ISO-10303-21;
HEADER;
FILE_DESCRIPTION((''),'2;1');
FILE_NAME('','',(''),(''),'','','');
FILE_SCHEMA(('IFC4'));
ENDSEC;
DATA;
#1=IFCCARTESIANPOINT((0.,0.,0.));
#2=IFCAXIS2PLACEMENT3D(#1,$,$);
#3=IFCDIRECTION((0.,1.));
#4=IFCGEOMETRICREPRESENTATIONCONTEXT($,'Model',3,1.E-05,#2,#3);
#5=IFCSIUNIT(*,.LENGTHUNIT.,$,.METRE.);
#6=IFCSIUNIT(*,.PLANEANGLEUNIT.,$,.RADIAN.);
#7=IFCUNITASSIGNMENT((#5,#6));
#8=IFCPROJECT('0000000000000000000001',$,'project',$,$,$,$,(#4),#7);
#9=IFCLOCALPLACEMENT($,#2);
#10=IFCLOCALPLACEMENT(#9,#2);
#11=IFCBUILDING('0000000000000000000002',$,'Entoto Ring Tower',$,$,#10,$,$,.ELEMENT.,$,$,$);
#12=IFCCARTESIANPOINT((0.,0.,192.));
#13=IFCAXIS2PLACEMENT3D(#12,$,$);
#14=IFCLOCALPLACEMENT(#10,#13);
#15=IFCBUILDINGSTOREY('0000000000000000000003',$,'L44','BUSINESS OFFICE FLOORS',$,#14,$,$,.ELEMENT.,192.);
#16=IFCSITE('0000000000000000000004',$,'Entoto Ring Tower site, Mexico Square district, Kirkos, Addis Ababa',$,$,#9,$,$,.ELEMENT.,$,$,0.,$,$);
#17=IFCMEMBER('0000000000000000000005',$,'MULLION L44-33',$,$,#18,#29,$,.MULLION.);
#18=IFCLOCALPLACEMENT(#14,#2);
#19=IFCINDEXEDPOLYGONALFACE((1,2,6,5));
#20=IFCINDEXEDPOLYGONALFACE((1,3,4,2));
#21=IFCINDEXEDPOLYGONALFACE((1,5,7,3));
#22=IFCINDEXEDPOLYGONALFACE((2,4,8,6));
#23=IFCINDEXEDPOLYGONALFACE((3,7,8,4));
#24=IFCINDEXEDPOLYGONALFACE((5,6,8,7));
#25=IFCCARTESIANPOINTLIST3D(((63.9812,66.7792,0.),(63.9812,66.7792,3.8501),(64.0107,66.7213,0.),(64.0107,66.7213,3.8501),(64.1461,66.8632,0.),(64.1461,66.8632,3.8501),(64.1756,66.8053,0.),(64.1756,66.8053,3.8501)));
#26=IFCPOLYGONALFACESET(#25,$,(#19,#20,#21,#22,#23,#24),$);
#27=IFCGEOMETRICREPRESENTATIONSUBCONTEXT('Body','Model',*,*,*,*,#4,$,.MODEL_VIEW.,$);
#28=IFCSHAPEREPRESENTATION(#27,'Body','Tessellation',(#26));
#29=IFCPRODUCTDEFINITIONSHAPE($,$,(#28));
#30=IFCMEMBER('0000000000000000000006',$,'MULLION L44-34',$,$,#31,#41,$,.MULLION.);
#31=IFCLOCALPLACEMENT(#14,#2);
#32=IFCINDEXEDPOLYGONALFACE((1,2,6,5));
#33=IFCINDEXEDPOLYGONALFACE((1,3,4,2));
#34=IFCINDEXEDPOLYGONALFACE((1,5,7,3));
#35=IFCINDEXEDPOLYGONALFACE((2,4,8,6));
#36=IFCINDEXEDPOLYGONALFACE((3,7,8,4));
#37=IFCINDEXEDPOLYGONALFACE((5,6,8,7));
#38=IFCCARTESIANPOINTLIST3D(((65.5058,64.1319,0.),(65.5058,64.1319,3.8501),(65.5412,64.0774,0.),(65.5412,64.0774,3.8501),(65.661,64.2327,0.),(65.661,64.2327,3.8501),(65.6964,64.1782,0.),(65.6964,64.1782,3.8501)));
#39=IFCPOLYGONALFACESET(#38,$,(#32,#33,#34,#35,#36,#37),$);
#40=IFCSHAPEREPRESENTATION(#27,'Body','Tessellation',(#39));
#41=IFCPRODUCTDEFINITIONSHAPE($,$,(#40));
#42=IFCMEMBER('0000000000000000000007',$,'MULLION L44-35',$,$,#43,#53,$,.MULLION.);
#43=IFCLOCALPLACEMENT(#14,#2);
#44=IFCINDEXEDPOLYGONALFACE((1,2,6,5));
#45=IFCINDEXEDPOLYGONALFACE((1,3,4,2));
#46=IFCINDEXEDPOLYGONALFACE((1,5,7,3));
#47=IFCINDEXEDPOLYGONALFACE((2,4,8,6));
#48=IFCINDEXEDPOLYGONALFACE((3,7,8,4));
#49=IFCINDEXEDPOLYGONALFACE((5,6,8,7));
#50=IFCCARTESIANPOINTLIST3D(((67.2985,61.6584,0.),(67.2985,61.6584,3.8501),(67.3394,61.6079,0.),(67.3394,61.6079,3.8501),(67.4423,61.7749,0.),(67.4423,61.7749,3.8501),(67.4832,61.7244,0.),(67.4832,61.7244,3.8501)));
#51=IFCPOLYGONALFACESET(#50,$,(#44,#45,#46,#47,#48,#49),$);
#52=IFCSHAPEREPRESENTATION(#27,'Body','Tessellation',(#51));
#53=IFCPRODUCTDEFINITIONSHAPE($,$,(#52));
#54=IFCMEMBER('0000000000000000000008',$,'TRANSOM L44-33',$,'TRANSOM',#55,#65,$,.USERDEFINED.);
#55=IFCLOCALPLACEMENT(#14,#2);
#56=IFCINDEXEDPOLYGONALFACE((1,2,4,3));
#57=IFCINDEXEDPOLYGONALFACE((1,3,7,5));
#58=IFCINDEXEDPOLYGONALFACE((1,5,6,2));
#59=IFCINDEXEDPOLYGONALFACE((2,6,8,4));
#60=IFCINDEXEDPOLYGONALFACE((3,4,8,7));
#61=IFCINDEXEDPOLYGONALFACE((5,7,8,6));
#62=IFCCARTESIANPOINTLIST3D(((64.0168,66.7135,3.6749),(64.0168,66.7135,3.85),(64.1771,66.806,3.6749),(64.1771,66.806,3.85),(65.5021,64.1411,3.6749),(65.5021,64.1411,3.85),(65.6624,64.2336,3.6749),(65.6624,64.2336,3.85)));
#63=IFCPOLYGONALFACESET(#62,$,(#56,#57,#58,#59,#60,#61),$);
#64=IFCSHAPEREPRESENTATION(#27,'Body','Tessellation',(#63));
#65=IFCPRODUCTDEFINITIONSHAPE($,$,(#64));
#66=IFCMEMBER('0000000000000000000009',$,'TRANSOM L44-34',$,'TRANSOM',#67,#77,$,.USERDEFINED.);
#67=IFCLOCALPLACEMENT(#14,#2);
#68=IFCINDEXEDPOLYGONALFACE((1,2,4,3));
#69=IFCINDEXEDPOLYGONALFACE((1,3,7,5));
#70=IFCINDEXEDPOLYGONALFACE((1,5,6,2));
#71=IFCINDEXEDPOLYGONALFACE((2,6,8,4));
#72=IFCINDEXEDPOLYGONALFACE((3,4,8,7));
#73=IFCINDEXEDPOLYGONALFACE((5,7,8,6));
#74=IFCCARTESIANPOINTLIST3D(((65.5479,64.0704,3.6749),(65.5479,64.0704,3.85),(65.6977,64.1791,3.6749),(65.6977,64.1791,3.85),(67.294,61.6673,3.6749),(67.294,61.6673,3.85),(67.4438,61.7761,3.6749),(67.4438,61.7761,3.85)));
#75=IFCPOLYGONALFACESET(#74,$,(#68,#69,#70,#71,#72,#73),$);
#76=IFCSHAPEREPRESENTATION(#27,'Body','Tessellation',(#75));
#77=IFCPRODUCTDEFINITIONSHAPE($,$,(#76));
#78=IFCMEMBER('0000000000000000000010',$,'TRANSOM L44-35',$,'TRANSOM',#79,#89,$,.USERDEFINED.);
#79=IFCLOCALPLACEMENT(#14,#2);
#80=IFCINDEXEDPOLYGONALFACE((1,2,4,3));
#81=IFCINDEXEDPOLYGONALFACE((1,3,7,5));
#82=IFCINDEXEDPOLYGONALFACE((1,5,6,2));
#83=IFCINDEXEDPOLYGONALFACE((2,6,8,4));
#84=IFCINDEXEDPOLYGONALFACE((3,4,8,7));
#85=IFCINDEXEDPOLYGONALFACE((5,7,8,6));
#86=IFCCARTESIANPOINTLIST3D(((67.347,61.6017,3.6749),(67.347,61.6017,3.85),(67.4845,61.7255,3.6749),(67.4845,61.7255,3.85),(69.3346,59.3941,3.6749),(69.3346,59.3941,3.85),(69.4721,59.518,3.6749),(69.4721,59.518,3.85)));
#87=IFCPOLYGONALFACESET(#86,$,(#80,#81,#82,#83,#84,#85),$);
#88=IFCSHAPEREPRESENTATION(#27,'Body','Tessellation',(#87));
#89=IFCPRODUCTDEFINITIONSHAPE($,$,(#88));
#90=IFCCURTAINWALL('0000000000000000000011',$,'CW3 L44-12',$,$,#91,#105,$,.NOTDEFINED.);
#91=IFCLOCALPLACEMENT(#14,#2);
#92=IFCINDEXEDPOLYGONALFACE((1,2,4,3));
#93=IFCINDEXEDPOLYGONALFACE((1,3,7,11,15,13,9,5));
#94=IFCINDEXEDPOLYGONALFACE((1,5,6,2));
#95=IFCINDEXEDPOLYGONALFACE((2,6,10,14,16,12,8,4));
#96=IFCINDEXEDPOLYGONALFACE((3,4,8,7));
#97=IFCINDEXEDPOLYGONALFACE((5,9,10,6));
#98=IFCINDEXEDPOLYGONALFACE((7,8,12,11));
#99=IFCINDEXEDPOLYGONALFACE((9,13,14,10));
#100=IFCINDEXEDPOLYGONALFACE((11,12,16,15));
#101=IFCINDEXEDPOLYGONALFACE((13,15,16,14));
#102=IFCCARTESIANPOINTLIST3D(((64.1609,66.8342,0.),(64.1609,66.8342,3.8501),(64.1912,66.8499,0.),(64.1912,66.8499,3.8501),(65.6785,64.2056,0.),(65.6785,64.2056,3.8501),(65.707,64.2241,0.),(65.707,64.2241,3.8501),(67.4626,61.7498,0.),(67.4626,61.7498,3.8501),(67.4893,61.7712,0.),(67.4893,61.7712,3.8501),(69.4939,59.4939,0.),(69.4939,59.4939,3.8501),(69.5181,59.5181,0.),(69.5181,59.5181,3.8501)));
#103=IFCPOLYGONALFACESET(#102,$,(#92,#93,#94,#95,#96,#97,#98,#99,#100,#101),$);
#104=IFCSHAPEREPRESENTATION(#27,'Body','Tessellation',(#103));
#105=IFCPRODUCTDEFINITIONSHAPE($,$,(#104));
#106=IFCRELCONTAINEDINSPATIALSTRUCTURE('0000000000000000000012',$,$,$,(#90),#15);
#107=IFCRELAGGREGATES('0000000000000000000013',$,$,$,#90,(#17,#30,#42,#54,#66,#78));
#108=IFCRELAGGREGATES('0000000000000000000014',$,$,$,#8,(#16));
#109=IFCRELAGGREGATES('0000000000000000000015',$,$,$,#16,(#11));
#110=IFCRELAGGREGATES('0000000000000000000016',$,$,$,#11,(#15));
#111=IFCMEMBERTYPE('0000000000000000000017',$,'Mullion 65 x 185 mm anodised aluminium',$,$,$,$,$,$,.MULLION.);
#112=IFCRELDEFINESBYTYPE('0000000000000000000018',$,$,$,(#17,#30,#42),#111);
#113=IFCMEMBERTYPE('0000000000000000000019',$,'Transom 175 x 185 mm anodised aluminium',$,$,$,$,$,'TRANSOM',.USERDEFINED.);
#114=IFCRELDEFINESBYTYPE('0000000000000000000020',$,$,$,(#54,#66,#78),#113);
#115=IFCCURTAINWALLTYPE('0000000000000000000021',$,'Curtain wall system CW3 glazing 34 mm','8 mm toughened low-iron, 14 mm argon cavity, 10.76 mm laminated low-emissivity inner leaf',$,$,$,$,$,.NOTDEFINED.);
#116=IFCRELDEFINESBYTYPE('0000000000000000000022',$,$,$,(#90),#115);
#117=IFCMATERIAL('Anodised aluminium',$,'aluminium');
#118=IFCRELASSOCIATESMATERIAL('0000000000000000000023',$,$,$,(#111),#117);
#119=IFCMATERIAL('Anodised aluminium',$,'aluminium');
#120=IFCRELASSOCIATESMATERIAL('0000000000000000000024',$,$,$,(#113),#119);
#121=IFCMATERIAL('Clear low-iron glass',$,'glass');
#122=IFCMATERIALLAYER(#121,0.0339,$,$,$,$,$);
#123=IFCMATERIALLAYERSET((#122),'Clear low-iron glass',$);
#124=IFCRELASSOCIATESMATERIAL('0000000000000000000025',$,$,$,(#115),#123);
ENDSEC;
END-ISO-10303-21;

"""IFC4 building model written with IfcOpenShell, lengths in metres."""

from ifc_helpers import new_model, si_unit, direction, frame, origin, origin_2d, place, context, subcontext, project, spatial, polyline, rectangle, outline, extrude, material, layer, layer_set, material_profile, profile_set, type_object, element, aggregate, save


model = new_model("IFC4")

# Units and contexts
model_context = context("Model", 3, precision=1e-05, world=origin(), true_north=direction((0.0, 1.0)))
body_context = subcontext(model_context, "Body", "Model", "MODEL_VIEW")
ifc_project = project(units=[si_unit("LENGTHUNIT", "METRE"), si_unit("PLANEANGLEUNIT", "RADIAN")], contexts=[model_context])

# Members
ifc_material_1 = material(Name="Anodised aluminium", Category="aluminium")
ifc_material_profile_1 = material_profile(ifc_material_1, rectangle(XDim=0.0649, YDim=0.1851, at=origin_2d()), Name="Mullion 65 x 185 mm anodised aluminium")
ifc_profile_set_1 = profile_set([ifc_material_profile_1], Name="Anodised aluminium")
member_type_1 = type_object("IfcMemberType", Name="Mullion 65 x 185 mm anodised aluminium", PredefinedType="MULLION", material=ifc_profile_set_1)
site_placement = place(None, origin())
building_placement = place(site_placement, origin())
storey_placement = place(building_placement, frame((0.0, 0.0, 192.0)))
member_1_placement = place(storey_placement, frame((64.0784, 66.7922, 0.0), z_axis=(0.0, 0.0, 1.0), x_axis=(0.45399, -0.891007, 0.0)))
member_1 = element("IfcMember", 1, at=member_1_placement, type_object=member_type_1, Name="MULLION L44-33", PredefinedType="MULLION", context=body_context, shape_type="SweptSolid", body=[
    extrude(rectangle(XDim=0.0649, YDim=0.1851, at=origin_2d()), origin(), (0.0, 0.0, 1.0), 3.8501),
])
member_2_placement = place(storey_placement, frame((65.6011, 64.155, 0.0), z_axis=(0.0, 0.0, 1.0), x_axis=(0.544639, -0.838671, 0.0)))
member_2 = element("IfcMember", 2, at=member_2_placement, type_object=member_type_1, Name="MULLION L44-34", PredefinedType="MULLION", context=body_context, shape_type="SweptSolid", body=[
    extrude(rectangle(XDim=0.0649, YDim=0.1851, at=origin_2d()), origin(), (0.0, 0.0, 1.0), 3.8501),
])
member_3_placement = place(storey_placement, frame((67.3909, 61.6914, 0.0), z_axis=(0.0, 0.0, 1.0), x_axis=(0.62932, -0.777146, 0.0)))
member_3 = element("IfcMember", 3, at=member_3_placement, type_object=member_type_1, Name="MULLION L44-35", PredefinedType="MULLION", context=body_context, shape_type="SweptSolid", body=[
    extrude(rectangle(XDim=0.0649, YDim=0.1851, at=origin_2d()), origin(), (0.0, 0.0, 1.0), 3.8501),
])
ifc_material_2 = material(Name="Anodised aluminium", Category="aluminium")
ifc_material_profile_2 = material_profile(ifc_material_2, rectangle(XDim=0.1851, YDim=0.175, at=origin_2d()), Name="Transom 175 x 185 mm anodised aluminium")
ifc_profile_set_2 = profile_set([ifc_material_profile_2], Name="Anodised aluminium")
member_type_2 = type_object("IfcMemberType", Name="Transom 175 x 185 mm anodised aluminium", ElementType="TRANSOM", PredefinedType="USERDEFINED", material=ifc_profile_set_2)
member_4_placement = place(storey_placement, frame((64.0969, 66.7598, 3.7625), z_axis=(0.500028, -0.866009, 0.0), x_axis=(0.866009, 0.500028, 0.0)))
member_4 = element("IfcMember", 4, at=member_4_placement, type_object=member_type_2, Name="TRANSOM L44-33", ObjectType="TRANSOM", PredefinedType="USERDEFINED", context=body_context, shape_type="SweptSolid", body=[
    extrude(rectangle(XDim=0.1851, YDim=0.175, at=origin_2d()), origin(), (0.0, 0.0, 1.0), 2.9705),
])
member_5_placement = place(storey_placement, frame((65.6228, 64.1248, 3.7625), z_axis=(0.58782, -0.808992, 0.0), x_axis=(0.808992, 0.58782, 0.0)))
member_5 = element("IfcMember", 5, at=member_5_placement, type_object=member_type_2, Name="TRANSOM L44-34", ObjectType="TRANSOM", PredefinedType="USERDEFINED", context=body_context, shape_type="SweptSolid", body=[
    extrude(rectangle(XDim=0.1851, YDim=0.175, at=origin_2d()), origin(), (0.0, 0.0, 1.0), 2.9705),
])
member_6_placement = place(storey_placement, frame((67.4158, 61.6636, 3.7625), z_axis=(0.66911, -0.743163, 0.0), x_axis=(0.743163, 0.66911, 0.0)))
member_6 = element("IfcMember", 6, at=member_6_placement, type_object=member_type_2, Name="TRANSOM L44-35", ObjectType="TRANSOM", PredefinedType="USERDEFINED", context=body_context, shape_type="SweptSolid", body=[
    extrude(rectangle(XDim=0.1851, YDim=0.175, at=origin_2d()), origin(), (0.0, 0.0, 1.0), 2.9705),
])

# Site, building, storey
site = spatial("IfcSite", under=ifc_project, at=site_placement, Name="Entoto Ring Tower site, Mexico Square district, Kirkos, Addis Ababa", CompositionType="ELEMENT", RefElevation=0.0)
building = spatial("IfcBuilding", under=site, at=building_placement, Name="Entoto Ring Tower", CompositionType="ELEMENT")
storey = spatial("IfcBuildingStorey", under=building, at=storey_placement, Name="L44", Description="BUSINESS OFFICE FLOORS", CompositionType="ELEMENT", Elevation=192.0)

# Curtain wall
ifc_material_3 = material(Name="Clear low-iron glass", Category="glass")
ifc_layer = layer(ifc_material_3, 0.0339)
ifc_layer_set = layer_set([ifc_layer], Name="Clear low-iron glass")
curtain_wall_type = type_object("IfcCurtainWallType", Name="Curtain wall system CW3 glazing 34 mm", Description="8 mm toughened low-iron, 14 mm argon cavity, 10.76 mm laminated low-emissivity inner leaf", PredefinedType="NOTDEFINED", material=ifc_layer_set)
curtain_wall_1_placement = place(storey_placement, origin())
curtain_wall_1 = element("IfcCurtainWall", 7, at=curtain_wall_1_placement, inside=storey, type_object=curtain_wall_type, Name="CW3 L44-12", PredefinedType="NOTDEFINED", context=body_context, shape_type="SweptSolid", body=[
    extrude(outline(polyline([(64.1609, 66.8342), (65.6785, 64.2056), (67.4626, 61.7498), (69.4939, 59.4939), (69.5181, 59.5181), (67.4893, 61.7712), (65.707, 64.2241), (64.1912, 66.8499), (64.1609, 66.8342)])), origin(), (0.0, 0.0, 1.0), 3.8501),
])
aggregate(curtain_wall_1, [member_1, member_2, member_3, member_4, member_5, member_6])

save(model, "model.ifc")
